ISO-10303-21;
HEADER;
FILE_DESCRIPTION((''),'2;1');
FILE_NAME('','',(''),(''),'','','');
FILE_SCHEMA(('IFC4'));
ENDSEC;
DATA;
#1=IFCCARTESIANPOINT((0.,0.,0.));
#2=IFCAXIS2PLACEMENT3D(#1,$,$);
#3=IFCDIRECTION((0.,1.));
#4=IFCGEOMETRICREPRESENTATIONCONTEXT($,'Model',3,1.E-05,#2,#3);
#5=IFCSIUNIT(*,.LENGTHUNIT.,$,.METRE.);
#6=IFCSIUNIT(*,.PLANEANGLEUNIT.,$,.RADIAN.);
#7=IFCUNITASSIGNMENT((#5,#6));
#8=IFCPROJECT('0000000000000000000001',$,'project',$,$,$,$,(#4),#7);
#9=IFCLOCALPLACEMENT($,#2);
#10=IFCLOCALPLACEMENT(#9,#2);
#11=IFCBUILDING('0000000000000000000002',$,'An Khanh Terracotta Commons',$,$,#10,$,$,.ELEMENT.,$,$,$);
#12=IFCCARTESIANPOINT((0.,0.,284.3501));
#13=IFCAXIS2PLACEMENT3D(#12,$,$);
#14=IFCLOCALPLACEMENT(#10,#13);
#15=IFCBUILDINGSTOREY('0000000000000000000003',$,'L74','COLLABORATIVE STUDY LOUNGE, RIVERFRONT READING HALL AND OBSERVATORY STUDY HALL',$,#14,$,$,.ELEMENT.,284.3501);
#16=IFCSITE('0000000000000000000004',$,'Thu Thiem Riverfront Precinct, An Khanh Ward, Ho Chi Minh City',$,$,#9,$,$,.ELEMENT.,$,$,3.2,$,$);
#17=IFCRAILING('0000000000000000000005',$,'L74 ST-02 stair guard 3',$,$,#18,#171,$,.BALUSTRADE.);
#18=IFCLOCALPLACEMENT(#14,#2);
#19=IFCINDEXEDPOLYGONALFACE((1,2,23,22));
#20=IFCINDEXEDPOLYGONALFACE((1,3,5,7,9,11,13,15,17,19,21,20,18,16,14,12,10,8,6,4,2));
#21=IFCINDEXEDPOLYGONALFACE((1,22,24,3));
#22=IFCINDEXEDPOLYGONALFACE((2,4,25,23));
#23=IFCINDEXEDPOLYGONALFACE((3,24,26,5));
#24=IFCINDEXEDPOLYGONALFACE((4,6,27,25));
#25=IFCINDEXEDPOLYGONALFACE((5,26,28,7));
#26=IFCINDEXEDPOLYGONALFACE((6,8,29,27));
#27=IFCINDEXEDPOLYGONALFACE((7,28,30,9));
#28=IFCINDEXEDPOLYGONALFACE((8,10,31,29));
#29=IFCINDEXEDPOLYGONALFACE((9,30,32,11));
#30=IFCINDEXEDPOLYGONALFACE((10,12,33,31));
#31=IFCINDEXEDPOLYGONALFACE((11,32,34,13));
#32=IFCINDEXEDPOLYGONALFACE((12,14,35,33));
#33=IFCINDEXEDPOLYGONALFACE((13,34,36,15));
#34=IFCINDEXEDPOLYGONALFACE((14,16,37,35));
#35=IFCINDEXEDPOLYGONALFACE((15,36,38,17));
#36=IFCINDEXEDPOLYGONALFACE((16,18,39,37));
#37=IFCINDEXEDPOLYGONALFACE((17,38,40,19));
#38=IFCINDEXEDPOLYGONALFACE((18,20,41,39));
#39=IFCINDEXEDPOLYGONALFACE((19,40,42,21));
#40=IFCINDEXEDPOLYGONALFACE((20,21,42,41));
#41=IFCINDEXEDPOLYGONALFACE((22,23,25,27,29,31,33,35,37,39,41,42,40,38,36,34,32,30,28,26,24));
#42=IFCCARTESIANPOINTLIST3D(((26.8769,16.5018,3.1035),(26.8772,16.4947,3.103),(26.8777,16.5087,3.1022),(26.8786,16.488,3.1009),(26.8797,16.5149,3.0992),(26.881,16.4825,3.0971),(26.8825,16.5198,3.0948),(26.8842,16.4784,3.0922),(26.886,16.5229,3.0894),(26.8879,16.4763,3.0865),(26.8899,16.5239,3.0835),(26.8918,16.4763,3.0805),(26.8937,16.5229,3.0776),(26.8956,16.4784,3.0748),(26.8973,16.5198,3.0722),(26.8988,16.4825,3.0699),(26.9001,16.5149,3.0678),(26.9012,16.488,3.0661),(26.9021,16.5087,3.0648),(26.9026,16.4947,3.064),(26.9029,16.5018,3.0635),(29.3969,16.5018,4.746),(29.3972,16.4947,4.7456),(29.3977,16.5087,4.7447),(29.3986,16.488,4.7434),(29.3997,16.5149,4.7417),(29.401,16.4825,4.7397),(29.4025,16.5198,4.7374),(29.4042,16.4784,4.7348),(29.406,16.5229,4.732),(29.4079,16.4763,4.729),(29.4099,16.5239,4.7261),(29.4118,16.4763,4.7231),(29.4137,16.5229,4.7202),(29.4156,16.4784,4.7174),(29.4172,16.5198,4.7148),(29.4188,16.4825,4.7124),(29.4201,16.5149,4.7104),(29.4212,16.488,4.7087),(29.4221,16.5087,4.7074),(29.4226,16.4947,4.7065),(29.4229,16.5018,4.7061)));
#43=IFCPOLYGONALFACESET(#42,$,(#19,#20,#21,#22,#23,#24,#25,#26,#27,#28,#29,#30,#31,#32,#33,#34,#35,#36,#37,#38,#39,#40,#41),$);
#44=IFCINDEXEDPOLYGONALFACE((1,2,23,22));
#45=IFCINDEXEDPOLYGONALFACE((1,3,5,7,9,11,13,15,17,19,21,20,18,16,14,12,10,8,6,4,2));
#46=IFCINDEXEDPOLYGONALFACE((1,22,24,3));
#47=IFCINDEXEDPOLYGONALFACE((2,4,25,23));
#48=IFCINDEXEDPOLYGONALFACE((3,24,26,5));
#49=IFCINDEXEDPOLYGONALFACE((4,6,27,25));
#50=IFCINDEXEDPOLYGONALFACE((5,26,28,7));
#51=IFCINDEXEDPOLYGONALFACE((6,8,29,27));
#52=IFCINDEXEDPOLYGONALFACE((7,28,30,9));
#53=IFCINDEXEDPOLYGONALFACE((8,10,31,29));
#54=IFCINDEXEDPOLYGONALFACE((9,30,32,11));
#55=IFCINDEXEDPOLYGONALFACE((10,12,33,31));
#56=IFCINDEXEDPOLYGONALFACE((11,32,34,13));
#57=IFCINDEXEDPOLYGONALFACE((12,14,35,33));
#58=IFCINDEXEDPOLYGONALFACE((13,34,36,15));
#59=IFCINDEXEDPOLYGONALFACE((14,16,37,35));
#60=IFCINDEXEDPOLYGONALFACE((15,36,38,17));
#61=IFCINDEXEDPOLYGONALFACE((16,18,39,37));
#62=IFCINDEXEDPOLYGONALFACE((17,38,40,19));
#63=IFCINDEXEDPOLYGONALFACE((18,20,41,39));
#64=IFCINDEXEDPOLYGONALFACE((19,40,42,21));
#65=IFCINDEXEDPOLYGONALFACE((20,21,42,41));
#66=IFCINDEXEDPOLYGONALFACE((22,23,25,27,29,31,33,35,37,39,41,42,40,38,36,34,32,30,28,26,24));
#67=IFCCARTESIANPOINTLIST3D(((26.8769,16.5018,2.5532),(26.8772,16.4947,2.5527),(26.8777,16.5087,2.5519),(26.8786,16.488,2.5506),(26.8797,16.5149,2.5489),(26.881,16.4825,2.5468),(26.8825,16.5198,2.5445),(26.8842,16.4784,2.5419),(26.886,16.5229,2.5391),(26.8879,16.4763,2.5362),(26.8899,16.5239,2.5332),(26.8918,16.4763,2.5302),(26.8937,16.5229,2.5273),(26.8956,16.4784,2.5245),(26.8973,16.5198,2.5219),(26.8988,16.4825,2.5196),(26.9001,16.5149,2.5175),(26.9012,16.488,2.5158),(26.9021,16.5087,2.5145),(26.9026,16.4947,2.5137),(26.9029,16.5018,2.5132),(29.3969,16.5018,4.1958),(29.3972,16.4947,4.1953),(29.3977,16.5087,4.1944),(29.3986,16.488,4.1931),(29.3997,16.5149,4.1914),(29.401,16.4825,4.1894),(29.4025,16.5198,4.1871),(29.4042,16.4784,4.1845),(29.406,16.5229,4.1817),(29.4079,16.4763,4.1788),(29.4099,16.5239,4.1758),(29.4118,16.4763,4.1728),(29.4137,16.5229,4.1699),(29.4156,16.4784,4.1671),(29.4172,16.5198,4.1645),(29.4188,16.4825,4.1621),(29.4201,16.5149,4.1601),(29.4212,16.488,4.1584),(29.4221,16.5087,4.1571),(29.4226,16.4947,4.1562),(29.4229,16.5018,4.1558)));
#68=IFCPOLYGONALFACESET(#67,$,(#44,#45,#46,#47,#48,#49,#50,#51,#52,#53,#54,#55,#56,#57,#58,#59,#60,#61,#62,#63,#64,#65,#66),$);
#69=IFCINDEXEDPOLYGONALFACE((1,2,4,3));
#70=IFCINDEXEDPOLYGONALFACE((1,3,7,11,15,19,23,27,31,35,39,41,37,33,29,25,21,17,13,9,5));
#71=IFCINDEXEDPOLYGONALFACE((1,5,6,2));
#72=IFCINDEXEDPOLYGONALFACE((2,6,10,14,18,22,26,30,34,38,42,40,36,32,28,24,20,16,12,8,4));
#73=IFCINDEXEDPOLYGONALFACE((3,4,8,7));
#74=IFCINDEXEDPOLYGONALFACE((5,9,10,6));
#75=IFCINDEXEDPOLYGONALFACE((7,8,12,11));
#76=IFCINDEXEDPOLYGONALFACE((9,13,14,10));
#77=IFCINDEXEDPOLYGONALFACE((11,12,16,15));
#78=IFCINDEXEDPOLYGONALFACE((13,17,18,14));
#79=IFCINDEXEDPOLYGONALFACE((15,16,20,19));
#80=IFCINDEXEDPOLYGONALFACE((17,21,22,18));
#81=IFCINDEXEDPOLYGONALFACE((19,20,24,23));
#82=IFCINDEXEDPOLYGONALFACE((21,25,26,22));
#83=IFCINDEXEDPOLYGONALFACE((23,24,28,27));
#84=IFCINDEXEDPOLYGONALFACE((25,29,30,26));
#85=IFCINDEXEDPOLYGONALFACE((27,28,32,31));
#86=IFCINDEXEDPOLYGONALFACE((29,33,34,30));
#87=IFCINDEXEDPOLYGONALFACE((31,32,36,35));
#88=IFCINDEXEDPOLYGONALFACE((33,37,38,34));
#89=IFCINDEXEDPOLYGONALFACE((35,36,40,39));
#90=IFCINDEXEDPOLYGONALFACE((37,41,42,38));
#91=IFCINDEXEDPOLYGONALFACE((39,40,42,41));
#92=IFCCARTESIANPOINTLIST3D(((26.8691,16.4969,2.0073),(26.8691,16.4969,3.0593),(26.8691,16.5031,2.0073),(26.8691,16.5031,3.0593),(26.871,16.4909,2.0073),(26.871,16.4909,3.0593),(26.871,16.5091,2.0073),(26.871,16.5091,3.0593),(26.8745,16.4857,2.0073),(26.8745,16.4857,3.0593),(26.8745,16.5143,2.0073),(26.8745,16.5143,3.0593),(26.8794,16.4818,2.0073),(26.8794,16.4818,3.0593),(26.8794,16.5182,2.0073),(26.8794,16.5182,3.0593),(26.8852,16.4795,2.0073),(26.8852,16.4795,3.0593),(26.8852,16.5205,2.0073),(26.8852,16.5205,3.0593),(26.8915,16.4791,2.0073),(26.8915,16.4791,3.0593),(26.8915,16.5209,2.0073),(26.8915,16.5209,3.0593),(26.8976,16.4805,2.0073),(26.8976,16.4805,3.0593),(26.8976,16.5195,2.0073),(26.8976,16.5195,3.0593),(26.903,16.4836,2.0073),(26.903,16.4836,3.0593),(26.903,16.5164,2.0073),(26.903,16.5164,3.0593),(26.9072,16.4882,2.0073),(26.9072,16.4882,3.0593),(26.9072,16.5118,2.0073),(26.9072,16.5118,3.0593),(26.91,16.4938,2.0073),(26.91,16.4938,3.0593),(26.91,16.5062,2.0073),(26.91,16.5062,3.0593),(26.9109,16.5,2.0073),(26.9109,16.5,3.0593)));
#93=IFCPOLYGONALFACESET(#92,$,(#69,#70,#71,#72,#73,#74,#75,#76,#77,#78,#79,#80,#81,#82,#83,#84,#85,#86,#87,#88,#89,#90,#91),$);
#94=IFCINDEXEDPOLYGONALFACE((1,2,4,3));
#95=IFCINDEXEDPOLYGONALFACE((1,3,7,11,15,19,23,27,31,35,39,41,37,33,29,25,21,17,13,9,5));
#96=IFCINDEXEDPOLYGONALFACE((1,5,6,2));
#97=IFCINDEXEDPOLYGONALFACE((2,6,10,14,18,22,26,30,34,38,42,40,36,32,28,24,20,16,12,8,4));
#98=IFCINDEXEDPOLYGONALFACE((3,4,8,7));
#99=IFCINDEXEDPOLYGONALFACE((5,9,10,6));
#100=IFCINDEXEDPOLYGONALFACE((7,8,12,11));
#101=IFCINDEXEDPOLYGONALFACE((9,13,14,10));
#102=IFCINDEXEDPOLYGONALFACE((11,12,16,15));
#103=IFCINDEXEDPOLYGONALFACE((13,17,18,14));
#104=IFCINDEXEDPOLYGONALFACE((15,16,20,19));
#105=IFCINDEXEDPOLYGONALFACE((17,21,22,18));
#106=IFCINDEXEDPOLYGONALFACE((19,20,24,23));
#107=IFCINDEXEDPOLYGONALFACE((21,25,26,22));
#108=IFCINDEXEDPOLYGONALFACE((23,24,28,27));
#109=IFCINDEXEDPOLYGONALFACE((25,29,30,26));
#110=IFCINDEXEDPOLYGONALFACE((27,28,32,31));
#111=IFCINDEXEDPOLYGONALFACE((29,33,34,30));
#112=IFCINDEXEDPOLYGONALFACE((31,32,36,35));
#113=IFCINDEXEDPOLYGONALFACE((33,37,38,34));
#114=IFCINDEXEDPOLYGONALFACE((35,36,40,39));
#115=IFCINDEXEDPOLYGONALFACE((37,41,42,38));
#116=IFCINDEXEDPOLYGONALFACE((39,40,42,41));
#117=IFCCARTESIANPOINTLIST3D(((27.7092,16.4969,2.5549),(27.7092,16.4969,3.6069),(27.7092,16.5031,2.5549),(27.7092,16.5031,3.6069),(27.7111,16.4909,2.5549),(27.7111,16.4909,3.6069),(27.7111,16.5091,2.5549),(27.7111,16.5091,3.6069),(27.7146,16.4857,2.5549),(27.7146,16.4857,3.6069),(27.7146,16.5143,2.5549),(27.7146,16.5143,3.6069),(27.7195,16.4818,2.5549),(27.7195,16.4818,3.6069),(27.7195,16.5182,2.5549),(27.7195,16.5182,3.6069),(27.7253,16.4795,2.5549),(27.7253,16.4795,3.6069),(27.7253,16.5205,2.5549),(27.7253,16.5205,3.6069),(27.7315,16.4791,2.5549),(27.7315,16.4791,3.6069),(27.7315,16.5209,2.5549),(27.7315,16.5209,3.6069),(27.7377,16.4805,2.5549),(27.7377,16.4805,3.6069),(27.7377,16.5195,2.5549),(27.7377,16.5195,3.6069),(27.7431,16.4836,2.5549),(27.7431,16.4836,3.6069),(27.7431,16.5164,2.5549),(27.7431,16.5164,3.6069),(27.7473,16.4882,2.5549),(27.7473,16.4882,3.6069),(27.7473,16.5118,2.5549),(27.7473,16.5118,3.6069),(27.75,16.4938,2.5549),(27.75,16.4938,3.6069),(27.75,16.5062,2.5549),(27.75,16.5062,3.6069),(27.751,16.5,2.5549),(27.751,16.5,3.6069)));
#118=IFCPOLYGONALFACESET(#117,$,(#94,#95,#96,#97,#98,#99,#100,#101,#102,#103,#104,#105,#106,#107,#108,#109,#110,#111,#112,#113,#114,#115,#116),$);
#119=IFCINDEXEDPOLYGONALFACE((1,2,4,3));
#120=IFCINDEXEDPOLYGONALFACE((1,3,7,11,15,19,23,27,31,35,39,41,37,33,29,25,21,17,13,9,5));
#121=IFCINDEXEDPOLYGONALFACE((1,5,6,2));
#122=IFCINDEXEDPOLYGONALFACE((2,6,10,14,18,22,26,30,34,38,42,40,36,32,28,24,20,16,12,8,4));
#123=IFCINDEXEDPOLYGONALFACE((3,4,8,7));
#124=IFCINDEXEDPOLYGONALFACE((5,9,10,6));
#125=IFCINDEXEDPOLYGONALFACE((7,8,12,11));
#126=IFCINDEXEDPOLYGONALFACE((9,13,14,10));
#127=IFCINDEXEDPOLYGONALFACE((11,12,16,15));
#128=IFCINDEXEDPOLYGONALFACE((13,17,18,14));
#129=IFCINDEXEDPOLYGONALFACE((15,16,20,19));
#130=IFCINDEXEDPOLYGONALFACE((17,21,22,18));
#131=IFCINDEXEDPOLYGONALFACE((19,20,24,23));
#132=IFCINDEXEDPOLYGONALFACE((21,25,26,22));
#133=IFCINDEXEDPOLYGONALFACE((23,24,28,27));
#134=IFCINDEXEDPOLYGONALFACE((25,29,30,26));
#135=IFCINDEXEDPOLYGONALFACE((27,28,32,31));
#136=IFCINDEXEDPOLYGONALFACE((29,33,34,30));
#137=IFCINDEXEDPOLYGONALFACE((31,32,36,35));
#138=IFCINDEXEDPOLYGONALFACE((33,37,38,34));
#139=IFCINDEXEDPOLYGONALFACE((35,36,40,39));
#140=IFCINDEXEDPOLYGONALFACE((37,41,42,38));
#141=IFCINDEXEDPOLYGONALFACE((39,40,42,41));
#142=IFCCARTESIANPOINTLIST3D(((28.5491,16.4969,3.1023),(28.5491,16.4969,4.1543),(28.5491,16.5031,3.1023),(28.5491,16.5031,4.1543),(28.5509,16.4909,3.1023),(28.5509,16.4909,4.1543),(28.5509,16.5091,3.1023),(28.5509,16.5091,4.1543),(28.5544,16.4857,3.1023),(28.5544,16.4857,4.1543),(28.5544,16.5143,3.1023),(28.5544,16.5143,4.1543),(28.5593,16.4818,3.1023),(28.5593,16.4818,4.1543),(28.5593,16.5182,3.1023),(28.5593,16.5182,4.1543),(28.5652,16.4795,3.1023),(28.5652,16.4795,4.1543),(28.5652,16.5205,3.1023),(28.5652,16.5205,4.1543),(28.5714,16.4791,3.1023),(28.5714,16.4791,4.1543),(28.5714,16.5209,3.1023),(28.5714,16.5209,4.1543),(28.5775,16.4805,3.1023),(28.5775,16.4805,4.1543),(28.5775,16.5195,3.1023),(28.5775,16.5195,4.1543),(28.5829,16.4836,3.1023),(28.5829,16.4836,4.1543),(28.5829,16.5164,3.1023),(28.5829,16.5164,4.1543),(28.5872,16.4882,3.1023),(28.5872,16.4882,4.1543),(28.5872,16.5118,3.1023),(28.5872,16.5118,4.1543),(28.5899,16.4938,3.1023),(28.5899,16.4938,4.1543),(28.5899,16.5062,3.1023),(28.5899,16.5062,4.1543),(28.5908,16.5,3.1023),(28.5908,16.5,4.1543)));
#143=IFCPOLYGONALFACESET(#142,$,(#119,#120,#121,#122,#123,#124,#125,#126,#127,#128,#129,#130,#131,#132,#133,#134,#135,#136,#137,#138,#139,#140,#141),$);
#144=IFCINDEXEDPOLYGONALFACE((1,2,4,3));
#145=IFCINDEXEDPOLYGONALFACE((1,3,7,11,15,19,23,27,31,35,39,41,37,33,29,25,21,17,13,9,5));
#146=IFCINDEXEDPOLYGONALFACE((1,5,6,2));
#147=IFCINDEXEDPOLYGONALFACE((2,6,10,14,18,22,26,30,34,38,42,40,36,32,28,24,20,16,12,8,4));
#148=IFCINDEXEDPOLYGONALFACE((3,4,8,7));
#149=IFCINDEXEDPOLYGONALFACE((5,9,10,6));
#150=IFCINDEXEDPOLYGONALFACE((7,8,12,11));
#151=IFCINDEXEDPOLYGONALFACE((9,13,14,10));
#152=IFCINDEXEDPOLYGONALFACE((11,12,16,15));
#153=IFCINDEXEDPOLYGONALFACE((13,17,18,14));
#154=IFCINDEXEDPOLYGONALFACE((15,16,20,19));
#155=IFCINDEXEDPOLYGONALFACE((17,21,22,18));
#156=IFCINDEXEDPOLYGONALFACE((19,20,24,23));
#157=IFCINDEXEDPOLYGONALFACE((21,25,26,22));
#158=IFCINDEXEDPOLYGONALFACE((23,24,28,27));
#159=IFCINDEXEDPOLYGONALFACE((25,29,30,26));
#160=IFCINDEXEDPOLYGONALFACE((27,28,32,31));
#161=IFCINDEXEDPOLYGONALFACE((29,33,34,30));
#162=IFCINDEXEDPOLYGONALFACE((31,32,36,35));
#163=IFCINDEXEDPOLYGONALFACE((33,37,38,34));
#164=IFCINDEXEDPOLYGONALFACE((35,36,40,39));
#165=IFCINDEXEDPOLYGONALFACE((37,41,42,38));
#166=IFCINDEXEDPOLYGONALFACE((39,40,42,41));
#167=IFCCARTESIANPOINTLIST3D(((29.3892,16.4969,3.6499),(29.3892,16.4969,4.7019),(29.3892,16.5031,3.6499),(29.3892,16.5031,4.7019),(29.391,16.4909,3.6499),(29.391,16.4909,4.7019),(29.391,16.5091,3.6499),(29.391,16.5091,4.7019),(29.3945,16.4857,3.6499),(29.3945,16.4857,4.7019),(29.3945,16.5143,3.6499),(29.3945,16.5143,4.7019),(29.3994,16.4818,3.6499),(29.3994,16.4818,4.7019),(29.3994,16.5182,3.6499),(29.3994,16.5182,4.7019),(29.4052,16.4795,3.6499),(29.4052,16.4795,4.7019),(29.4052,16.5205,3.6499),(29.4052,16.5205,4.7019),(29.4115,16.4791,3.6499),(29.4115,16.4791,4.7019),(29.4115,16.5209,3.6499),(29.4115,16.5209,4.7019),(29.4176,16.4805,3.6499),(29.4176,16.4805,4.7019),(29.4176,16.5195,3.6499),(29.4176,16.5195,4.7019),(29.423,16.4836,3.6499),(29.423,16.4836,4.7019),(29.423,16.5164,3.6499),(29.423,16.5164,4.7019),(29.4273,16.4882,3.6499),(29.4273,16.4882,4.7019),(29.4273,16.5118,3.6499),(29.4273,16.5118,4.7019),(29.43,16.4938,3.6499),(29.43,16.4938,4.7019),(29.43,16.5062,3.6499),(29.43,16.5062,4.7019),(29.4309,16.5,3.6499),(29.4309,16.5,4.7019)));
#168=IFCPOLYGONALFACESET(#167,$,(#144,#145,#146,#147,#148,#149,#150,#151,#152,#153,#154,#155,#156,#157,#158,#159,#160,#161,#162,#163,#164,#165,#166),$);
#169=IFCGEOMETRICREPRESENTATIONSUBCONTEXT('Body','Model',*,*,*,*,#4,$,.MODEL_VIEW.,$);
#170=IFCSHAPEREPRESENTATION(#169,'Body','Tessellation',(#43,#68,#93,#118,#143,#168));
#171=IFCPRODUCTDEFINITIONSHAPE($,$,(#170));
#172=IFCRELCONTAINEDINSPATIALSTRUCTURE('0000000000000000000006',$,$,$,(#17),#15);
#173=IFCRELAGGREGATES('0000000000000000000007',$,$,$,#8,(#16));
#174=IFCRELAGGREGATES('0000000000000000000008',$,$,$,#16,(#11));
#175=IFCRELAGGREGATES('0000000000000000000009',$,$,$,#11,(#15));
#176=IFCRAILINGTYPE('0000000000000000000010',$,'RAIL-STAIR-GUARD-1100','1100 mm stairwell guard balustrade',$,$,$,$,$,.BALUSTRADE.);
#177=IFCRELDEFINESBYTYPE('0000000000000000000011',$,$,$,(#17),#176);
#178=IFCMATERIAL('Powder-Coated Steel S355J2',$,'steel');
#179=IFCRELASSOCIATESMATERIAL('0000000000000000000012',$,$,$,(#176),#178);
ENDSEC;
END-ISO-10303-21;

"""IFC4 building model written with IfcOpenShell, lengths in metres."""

from ifc_helpers import new_model, si_unit, direction, frame, origin, origin_2d, place, context, subcontext, project, spatial, circle, extrude, material, type_object, element, save


model = new_model("IFC4")

# Units and contexts
model_context = context("Model", 3, precision=1e-05, world=origin(), true_north=direction((0.0, 1.0)))
body_context = subcontext(model_context, "Body", "Model", "MODEL_VIEW")
ifc_project = project(units=[si_unit("LENGTHUNIT", "METRE"), si_unit("PLANEANGLEUNIT", "RADIAN")], contexts=[model_context])

# Site, building, storey
site_placement = place(None, origin())
site = spatial("IfcSite", under=ifc_project, at=site_placement, Name="Thu Thiem Riverfront Precinct, An Khanh Ward, Ho Chi Minh City", CompositionType="ELEMENT", RefElevation=3.2)
building_placement = place(site_placement, origin())
building = spatial("IfcBuilding", under=site, at=building_placement, Name="An Khanh Terracotta Commons", CompositionType="ELEMENT")
storey_placement = place(building_placement, frame((0.0, 0.0, 284.3501)))
storey = spatial("IfcBuildingStorey", under=building, at=storey_placement, Name="L74", Description="COLLABORATIVE STUDY LOUNGE, RIVERFRONT READING HALL AND OBSERVATORY STUDY HALL", CompositionType="ELEMENT", Elevation=284.3501)

# Railing
ifc_material_1 = material(Name="Powder-Coated Steel S355J2", Category="steel")
railing_type = type_object("IfcRailingType", Name="RAIL-STAIR-GUARD-1100", Description="1100 mm stairwell guard balustrade", PredefinedType="BALUSTRADE", material=ifc_material_1)
railing_1_placement = place(storey_placement, frame((26.8899, 16.5, 2.0073)))
element("IfcRailing", 1, at=railing_1_placement, inside=storey, type_object=railing_type, Name="L74 ST-02 stair guard 3", PredefinedType="BALUSTRADE", context=body_context, shape_type="SweptSolid", body=[
    extrude(circle(Radius=0.0239, at=origin_2d()), frame((0.0, 0.0, 1.0762), z_axis=(0.837749, 0.0, 0.546055), x_axis=(0.0, 1.0, 0.0)), (0.0, 0.0, 1.0), 3.0081),
    extrude(circle(Radius=0.0239, at=origin_2d()), frame((0.0, 0.0, 0.5259), z_axis=(0.837749, 0.0, 0.546055), x_axis=(0.0, 1.0, 0.0)), (0.0, 0.0, 1.0), 3.0081),
    extrude(circle(Radius=0.021, at=origin_2d()), origin(), (0.0, 0.0, 1.0), 1.052),
    extrude(circle(Radius=0.021, at=origin_2d()), frame((0.8401, 0.0, 0.5476)), (0.0, 0.0, 1.0), 1.052),
    extrude(circle(Radius=0.021, at=origin_2d()), frame((1.6799, 0.0, 1.095)), (0.0, 0.0, 1.0), 1.052),
    extrude(circle(Radius=0.021, at=origin_2d()), frame((2.52, 0.0, 1.6426)), (0.0, 0.0, 1.0), 1.052),
])

save(model, "model.ifc")
